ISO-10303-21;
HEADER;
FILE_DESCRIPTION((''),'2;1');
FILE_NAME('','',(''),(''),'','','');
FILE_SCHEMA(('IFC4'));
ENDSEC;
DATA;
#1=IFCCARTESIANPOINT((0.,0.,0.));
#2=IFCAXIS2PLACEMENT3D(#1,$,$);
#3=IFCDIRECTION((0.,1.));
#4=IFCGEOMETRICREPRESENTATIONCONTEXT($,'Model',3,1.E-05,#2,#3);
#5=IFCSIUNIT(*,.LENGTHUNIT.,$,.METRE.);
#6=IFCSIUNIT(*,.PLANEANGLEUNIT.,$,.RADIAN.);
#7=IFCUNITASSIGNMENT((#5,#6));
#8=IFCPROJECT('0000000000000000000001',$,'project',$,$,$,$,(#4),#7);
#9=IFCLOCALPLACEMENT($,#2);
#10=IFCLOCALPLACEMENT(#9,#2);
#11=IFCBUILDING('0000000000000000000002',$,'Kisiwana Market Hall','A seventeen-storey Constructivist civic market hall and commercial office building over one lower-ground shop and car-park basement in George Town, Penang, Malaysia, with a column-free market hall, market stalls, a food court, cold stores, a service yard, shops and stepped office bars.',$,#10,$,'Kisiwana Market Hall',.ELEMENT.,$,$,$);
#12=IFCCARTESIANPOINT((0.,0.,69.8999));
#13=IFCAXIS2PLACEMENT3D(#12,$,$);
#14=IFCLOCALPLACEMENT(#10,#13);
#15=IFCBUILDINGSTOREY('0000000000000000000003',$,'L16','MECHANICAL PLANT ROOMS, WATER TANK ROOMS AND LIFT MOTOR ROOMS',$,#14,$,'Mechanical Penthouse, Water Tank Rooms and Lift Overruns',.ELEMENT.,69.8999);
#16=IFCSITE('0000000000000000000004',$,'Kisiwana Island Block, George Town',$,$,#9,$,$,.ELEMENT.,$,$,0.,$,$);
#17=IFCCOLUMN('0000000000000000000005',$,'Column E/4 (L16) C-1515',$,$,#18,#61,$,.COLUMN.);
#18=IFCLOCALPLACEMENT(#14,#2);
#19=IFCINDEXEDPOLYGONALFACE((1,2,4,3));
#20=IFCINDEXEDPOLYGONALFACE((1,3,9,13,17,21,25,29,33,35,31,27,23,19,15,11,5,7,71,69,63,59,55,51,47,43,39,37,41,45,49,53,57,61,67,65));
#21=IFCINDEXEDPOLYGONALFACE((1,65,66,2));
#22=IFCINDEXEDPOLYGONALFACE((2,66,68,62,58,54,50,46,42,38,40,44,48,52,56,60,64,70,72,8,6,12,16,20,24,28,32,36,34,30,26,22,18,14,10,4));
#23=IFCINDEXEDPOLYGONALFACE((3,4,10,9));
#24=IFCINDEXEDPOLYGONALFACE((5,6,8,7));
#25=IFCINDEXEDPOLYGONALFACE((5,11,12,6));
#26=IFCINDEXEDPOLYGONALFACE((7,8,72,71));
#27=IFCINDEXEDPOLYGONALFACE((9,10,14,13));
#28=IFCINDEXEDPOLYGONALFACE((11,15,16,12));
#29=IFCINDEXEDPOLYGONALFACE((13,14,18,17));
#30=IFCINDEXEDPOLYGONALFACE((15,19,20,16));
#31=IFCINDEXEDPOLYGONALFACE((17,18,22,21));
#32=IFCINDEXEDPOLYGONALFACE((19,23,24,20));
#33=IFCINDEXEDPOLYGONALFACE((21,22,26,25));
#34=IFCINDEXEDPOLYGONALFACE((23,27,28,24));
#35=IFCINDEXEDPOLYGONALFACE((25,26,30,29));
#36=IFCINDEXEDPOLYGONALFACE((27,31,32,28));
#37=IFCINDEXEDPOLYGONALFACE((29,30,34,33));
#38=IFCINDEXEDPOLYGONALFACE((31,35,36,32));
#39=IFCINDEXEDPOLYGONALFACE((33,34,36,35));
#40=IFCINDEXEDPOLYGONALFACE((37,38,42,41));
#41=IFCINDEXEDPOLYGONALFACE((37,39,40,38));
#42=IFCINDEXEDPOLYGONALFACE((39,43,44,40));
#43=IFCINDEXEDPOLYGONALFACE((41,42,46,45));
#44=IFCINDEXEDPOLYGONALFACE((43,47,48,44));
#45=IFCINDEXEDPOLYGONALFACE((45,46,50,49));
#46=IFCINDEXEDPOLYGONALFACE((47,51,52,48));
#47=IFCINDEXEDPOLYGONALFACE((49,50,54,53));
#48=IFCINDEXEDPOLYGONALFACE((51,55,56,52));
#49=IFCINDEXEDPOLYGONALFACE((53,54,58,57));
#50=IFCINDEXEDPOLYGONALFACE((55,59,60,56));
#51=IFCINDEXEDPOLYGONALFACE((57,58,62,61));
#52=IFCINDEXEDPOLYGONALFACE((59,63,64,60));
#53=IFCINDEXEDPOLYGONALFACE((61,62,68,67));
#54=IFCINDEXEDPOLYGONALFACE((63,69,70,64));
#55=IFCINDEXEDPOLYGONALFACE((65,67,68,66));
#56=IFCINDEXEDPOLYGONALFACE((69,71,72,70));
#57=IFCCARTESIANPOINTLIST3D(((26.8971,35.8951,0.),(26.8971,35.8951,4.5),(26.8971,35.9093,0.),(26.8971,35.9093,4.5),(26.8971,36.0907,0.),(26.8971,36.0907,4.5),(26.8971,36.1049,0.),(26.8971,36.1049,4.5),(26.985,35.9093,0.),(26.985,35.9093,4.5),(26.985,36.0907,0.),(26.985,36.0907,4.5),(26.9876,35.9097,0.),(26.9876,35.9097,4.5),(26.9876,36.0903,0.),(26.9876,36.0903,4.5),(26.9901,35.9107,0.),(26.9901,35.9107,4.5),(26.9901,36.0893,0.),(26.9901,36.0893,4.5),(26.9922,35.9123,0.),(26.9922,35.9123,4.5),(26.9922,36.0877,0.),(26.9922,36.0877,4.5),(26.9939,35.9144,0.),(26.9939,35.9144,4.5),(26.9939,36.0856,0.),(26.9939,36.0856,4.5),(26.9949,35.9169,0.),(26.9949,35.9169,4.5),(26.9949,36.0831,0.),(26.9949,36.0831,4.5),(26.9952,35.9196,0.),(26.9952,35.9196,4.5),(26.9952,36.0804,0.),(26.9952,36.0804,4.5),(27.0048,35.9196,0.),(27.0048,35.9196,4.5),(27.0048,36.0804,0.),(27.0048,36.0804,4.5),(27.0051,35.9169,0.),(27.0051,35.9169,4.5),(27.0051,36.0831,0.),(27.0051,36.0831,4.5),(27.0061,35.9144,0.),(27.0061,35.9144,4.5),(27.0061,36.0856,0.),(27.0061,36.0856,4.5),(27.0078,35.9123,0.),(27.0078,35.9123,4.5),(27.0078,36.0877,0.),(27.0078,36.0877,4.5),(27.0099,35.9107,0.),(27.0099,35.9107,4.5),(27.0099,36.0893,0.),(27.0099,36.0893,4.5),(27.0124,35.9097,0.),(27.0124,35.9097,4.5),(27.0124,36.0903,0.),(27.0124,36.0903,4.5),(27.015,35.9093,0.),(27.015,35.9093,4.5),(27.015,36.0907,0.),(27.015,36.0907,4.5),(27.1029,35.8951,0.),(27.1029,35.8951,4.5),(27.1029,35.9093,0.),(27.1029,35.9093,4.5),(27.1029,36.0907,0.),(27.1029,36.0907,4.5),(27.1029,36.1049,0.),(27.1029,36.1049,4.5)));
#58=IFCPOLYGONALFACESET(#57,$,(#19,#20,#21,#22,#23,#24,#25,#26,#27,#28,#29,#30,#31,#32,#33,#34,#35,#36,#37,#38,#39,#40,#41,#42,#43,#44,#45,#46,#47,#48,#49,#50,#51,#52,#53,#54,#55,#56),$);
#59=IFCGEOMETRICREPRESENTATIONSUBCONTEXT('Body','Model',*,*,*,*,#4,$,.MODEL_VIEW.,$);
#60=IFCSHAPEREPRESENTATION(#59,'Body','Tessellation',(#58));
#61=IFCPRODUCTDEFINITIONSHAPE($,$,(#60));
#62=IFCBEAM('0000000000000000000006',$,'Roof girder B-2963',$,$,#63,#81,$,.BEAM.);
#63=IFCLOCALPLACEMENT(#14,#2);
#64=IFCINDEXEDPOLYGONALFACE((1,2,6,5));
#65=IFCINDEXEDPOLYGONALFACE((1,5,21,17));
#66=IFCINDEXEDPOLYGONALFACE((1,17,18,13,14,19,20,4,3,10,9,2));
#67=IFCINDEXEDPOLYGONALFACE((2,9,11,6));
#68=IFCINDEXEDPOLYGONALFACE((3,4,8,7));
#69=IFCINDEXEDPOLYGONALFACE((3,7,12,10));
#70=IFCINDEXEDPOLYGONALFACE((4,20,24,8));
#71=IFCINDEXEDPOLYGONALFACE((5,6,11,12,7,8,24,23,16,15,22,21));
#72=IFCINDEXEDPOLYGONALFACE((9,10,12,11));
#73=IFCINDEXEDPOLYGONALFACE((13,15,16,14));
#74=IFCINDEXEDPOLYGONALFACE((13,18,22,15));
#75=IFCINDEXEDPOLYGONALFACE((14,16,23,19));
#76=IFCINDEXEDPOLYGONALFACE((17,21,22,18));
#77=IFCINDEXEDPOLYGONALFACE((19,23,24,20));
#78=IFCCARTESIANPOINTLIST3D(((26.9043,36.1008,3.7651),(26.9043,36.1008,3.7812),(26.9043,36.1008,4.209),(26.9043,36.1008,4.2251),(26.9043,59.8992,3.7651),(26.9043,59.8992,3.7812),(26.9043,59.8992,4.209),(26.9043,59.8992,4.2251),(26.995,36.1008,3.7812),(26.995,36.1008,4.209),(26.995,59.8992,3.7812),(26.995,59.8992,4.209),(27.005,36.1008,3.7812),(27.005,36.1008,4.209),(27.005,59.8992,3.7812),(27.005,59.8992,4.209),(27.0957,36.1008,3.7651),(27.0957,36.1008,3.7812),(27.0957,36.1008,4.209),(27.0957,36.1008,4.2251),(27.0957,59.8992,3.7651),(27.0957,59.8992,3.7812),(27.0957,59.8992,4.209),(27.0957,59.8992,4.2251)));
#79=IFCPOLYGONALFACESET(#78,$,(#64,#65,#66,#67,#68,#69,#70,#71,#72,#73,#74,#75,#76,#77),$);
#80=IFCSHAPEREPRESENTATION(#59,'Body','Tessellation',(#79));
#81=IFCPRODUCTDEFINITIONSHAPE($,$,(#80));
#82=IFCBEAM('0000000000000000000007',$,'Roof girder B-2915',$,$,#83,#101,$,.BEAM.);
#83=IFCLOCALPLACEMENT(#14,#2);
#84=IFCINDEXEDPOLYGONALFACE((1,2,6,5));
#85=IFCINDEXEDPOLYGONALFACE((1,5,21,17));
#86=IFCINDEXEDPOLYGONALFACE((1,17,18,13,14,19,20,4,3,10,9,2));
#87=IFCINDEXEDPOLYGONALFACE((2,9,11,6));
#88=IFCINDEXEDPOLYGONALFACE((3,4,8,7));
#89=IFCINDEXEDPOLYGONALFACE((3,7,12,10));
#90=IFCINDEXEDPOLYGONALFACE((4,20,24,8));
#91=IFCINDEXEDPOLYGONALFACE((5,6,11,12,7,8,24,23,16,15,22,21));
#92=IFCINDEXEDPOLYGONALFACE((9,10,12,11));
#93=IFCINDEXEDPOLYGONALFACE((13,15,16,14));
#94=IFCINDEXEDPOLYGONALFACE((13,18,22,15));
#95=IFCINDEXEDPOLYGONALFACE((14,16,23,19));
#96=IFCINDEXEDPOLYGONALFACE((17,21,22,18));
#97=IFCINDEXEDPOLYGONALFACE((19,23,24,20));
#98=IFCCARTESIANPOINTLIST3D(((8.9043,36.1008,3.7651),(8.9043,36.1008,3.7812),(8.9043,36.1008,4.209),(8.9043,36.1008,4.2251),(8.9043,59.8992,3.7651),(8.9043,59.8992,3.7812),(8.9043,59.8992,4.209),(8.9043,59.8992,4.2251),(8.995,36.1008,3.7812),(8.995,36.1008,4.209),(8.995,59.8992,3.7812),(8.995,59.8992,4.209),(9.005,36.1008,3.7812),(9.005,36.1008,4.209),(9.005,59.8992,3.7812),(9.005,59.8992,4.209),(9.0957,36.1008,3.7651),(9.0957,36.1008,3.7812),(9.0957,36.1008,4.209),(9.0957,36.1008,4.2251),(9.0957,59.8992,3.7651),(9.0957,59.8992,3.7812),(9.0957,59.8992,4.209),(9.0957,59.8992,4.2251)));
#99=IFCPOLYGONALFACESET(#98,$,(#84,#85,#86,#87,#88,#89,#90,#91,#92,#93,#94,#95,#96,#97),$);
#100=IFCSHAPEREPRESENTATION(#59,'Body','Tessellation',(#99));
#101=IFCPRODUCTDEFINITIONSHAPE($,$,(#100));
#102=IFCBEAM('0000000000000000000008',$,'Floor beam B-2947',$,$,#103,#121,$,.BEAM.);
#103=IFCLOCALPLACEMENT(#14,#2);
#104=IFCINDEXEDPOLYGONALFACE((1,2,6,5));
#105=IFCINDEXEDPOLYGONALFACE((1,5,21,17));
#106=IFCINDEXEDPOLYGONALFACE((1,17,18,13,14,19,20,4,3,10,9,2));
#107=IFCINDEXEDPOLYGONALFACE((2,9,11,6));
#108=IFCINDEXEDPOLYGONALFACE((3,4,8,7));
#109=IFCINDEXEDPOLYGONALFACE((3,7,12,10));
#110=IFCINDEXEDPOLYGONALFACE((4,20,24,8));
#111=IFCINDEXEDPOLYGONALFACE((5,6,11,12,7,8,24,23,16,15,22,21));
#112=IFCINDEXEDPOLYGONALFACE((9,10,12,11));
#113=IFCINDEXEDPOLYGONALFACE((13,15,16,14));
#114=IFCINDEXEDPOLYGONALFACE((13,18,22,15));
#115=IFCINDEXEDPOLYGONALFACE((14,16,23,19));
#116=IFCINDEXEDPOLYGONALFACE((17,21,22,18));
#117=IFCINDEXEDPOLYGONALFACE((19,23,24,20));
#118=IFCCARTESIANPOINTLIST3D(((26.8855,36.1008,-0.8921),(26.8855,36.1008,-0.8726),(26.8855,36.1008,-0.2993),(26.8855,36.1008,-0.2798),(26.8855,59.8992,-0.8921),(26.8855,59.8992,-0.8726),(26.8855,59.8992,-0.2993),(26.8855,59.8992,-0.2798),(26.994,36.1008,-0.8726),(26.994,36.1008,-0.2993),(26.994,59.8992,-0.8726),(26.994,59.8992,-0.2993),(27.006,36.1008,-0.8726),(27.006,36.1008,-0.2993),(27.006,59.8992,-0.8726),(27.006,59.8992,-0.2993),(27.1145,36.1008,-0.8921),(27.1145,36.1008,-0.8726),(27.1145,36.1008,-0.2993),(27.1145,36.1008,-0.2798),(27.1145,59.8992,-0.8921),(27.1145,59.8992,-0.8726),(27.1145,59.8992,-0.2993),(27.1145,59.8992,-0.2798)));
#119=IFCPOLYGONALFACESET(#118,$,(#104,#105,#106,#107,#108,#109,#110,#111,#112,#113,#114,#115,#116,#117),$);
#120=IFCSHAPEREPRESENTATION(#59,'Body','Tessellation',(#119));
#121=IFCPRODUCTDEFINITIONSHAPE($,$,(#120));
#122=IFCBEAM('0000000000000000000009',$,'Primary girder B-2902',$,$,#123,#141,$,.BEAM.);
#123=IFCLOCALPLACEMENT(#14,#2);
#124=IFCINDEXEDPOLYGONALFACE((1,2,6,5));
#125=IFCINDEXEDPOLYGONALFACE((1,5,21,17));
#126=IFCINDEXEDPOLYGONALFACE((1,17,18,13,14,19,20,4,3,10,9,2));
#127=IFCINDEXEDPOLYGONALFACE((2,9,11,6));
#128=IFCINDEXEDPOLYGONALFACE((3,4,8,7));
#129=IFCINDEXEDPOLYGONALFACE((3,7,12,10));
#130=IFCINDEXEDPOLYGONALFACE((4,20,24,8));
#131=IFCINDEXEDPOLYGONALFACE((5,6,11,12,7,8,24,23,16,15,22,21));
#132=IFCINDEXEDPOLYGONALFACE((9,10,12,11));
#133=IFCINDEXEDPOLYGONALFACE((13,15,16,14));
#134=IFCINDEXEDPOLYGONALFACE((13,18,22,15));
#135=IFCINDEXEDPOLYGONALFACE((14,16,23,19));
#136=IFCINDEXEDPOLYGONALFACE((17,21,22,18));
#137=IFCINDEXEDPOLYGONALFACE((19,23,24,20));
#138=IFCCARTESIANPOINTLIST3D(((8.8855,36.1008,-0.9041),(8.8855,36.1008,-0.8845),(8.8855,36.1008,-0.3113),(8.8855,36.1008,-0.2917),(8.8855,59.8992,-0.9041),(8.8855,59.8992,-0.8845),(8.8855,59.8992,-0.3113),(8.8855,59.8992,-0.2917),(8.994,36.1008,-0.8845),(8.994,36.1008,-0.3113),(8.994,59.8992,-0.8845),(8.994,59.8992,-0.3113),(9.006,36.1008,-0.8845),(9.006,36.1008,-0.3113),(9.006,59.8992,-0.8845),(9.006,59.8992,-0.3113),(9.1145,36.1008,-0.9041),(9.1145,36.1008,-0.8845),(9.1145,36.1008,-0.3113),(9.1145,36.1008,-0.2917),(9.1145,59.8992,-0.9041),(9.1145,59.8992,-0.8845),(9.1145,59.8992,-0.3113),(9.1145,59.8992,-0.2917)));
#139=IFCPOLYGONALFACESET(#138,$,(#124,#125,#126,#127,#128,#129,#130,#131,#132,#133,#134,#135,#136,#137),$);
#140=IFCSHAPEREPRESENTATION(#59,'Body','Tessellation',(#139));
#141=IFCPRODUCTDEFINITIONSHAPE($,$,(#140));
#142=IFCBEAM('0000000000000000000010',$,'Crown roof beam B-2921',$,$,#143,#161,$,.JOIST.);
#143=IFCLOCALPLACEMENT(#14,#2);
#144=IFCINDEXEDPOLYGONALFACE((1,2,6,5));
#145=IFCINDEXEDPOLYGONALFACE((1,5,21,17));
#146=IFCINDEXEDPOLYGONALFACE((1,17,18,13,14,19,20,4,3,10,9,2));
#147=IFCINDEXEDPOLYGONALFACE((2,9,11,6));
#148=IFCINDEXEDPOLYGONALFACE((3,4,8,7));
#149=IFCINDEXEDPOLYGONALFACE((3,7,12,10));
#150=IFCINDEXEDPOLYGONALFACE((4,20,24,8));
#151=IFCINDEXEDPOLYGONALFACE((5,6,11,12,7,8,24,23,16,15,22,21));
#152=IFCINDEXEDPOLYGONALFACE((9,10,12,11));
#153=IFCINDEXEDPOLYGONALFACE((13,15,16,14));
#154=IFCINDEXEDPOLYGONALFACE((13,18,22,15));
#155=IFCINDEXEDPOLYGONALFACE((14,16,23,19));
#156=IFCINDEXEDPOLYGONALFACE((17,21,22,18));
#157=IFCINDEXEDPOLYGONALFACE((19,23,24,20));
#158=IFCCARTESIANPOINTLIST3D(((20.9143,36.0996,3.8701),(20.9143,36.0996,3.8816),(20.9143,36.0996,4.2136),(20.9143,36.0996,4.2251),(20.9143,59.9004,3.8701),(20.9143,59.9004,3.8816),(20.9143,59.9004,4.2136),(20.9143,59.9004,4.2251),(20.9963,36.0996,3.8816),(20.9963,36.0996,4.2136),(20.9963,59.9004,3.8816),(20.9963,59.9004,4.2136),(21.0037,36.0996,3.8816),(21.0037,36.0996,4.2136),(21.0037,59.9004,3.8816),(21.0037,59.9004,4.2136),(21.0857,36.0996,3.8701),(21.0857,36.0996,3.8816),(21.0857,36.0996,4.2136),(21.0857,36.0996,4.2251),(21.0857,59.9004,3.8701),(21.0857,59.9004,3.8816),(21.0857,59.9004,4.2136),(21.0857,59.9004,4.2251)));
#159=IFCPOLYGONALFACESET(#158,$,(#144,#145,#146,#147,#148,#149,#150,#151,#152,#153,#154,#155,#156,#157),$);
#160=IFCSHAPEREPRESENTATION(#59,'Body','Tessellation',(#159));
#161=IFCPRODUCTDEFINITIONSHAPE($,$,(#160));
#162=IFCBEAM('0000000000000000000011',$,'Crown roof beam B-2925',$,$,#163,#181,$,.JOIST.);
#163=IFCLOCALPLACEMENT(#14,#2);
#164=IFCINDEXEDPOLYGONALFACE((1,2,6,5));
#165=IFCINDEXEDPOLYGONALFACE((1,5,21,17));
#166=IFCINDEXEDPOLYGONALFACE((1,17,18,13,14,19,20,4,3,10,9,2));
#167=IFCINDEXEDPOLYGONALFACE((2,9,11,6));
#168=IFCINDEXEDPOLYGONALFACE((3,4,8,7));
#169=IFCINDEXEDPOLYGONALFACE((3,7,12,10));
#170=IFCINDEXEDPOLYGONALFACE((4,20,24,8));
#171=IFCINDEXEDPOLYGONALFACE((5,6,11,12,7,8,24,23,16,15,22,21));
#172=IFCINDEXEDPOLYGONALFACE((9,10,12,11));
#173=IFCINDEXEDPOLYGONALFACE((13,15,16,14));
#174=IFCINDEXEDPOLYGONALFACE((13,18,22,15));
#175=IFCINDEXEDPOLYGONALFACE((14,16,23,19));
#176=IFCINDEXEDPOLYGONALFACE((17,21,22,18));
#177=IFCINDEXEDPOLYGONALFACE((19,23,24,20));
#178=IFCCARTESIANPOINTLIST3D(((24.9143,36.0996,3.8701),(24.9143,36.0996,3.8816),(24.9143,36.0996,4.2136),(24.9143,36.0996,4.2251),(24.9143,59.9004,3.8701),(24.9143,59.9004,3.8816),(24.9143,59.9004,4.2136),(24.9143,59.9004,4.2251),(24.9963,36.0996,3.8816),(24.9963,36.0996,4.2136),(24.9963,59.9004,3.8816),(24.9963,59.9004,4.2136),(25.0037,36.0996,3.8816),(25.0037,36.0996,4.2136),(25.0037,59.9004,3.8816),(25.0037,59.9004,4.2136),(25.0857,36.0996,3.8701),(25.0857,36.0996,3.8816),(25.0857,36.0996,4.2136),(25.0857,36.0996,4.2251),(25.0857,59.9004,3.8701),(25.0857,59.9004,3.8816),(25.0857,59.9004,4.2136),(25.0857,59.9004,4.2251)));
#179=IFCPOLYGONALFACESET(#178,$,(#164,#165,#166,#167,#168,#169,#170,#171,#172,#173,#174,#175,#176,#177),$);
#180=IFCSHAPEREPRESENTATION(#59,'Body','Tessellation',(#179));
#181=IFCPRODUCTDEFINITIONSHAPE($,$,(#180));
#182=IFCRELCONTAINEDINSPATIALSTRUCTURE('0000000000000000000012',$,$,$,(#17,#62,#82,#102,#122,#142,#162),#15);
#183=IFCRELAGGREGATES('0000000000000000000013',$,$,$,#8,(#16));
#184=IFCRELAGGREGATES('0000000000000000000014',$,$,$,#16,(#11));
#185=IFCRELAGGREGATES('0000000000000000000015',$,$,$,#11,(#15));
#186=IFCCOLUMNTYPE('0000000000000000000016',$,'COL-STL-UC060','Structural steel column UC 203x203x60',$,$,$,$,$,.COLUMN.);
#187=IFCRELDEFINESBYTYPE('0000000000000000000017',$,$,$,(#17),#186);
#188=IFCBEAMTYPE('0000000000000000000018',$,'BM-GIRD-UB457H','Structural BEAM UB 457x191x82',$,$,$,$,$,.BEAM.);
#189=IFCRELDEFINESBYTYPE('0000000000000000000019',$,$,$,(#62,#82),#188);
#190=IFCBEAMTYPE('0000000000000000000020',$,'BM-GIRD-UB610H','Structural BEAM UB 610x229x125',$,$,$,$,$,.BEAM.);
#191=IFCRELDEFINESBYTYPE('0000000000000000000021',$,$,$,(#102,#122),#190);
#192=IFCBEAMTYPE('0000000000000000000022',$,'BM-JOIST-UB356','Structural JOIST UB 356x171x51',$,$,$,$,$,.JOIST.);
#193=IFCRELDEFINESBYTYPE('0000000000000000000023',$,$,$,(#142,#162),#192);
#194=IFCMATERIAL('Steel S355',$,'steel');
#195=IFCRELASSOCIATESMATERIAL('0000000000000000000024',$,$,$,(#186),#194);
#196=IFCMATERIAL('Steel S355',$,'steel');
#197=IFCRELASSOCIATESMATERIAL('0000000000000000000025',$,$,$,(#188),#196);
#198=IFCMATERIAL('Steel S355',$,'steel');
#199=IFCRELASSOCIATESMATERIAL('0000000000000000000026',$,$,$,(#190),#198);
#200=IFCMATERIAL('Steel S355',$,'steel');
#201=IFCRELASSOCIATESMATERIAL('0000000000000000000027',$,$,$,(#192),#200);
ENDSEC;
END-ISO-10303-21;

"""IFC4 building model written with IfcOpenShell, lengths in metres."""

from ifc_helpers import new_model, si_unit, direction, frame, origin, origin_2d, place, context, subcontext, project, spatial, i_section, extrude, material, material_profile, profile_set, type_object, element, save


model = new_model("IFC4")

# Units and contexts
model_context = context("Model", 3, precision=1e-05, world=origin(), true_north=direction((0.0, 1.0)))
body_context = subcontext(model_context, "Body", "Model", "MODEL_VIEW")
ifc_project = project(units=[si_unit("LENGTHUNIT", "METRE"), si_unit("PLANEANGLEUNIT", "RADIAN")], contexts=[model_context])

# Site, building, storey
site_placement = place(None, origin())
site = spatial("IfcSite", under=ifc_project, at=site_placement, Name="Kisiwana Island Block, George Town", CompositionType="ELEMENT", RefElevation=0.0)
building_placement = place(site_placement, origin())
building = spatial("IfcBuilding", under=site, at=building_placement, Name="Kisiwana Market Hall", Description="A seventeen-storey Constructivist civic market hall and commercial office building over one lower-ground shop and car-park basement in George Town, Penang, Malaysia, with a column-free market hall, market stalls, a food court, cold stores, a service yard, shops and stepped office bars.", LongName="Kisiwana Market Hall", CompositionType="ELEMENT")
storey_placement = place(building_placement, frame((0.0, 0.0, 69.8999)))
storey = spatial("IfcBuildingStorey", under=building, at=storey_placement, Name="L16", Description="MECHANICAL PLANT ROOMS, WATER TANK ROOMS AND LIFT MOTOR ROOMS", LongName="Mechanical Penthouse, Water Tank Rooms and Lift Overruns", CompositionType="ELEMENT", Elevation=69.8999)

# Column
ifc_material_1 = material(Name="Steel S355", Category="steel")
ifc_material_profile_1 = material_profile(ifc_material_1, i_section(OverallWidth=0.2058, OverallDepth=0.2097, WebThickness=0.0095, FlangeThickness=0.0142, FilletRadius=0.0103, at=origin_2d()), Name="UC 203x203x60")
ifc_profile_set_1 = profile_set([ifc_material_profile_1], Name="Steel S355")
column_type = type_object("IfcColumnType", Name="COL-STL-UC060", Description="Structural steel column UC 203x203x60", PredefinedType="COLUMN", material=ifc_profile_set_1)
column_placement = place(storey_placement, frame((27.0, 36.0, 0.0), z_axis=(0.0, 0.0, 1.0), x_axis=(1.0, 0.0, 0.0)))
element("IfcColumn", 1, at=column_placement, inside=storey, type_object=column_type, Name="Column E/4 (L16) C-1515", PredefinedType="COLUMN", context=body_context, shape_type="SweptSolid", body=[
    extrude(i_section(OverallWidth=0.2058, OverallDepth=0.2097, WebThickness=0.0095, FlangeThickness=0.0142, FilletRadius=0.0103, at=origin_2d()), origin(), (0.0, 0.0, 1.0), 4.5),
])

# Beams
ifc_material_2 = material(Name="Steel S355", Category="steel")
ifc_material_profile_2 = material_profile(ifc_material_2, i_section(OverallWidth=0.1914, OverallDepth=0.46, WebThickness=0.01, FlangeThickness=0.0161, at=origin_2d()), Name="UB 457x191x82")
ifc_profile_set_2 = profile_set([ifc_material_profile_2], Name="Steel S355")
beam_type_1 = type_object("IfcBeamType", Name="BM-GIRD-UB457H", Description="Structural BEAM UB 457x191x82", PredefinedType="BEAM", material=ifc_profile_set_2)
for number, where, z_axis, x_axis, name in (
    (2, (27.0, 36.1008, 3.9951), (0.0, 1.0, 0.0), (-1.0, 0.0, 0.0), "Roof girder B-2963"),
    (3, (9.0, 36.1008, 3.9951), (0.0, 1.0, 0.0), (-1.0, 0.0, 0.0), "Roof girder B-2915"),
):
    element("IfcBeam", number, at=place(storey_placement, frame(where, z_axis=z_axis, x_axis=x_axis)), inside=storey, type_object=beam_type_1, Name=name, PredefinedType="BEAM", context=body_context, shape_type="SweptSolid", body=[
        extrude(i_section(OverallWidth=0.1914, OverallDepth=0.46, WebThickness=0.01, FlangeThickness=0.0161, at=origin_2d()), origin(), (0.0, 0.0, 1.0), 23.7983),
    ])
ifc_material_3 = material(Name="Steel S355", Category="steel")
ifc_material_profile_3 = material_profile(ifc_material_3, i_section(OverallWidth=0.229, OverallDepth=0.6123, WebThickness=0.012, FlangeThickness=0.0195, at=origin_2d()), Name="UB 610x229x125")
ifc_profile_set_3 = profile_set([ifc_material_profile_3], Name="Steel S355")
beam_type_2 = type_object("IfcBeamType", Name="BM-GIRD-UB610H", Description="Structural BEAM UB 610x229x125", PredefinedType="BEAM", material=ifc_profile_set_3)
for number, where, z_axis, x_axis, name in (
    (4, (27.0, 36.1008, -0.5859), (0.0, 1.0, 0.0), (-1.0, 0.0, 0.0), "Floor beam B-2947"),
    (5, (9.0, 36.1008, -0.5979), (0.0, 1.0, 0.0), (-1.0, 0.0, 0.0), "Primary girder B-2902"),
):
    element("IfcBeam", number, at=place(storey_placement, frame(where, z_axis=z_axis, x_axis=x_axis)), inside=storey, type_object=beam_type_2, Name=name, PredefinedType="BEAM", context=body_context, shape_type="SweptSolid", body=[
        extrude(i_section(OverallWidth=0.229, OverallDepth=0.6123, WebThickness=0.012, FlangeThickness=0.0195, at=origin_2d()), origin(), (0.0, 0.0, 1.0), 23.7983),
    ])
ifc_material_4 = material(Name="Steel S355", Category="steel")
ifc_material_profile_4 = material_profile(ifc_material_4, i_section(OverallWidth=0.1714, OverallDepth=0.355, WebThickness=0.0073, FlangeThickness=0.0115, at=origin_2d()), Name="UB 356x171x51")
ifc_profile_set_4 = profile_set([ifc_material_profile_4], Name="Steel S355")
beam_type_3 = type_object("IfcBeamType", Name="BM-JOIST-UB356", Description="Structural JOIST UB 356x171x51", PredefinedType="JOIST", material=ifc_profile_set_4)
for number, where, z_axis, x_axis, name in (
    (6, (21.0, 36.0996, 4.0476), (0.0, 1.0, 0.0), (-1.0, 0.0, 0.0), "Crown roof beam B-2921"),
    (7, (25.0, 36.0996, 4.0476), (0.0, 1.0, 0.0), (-1.0, 0.0, 0.0), "Crown roof beam B-2925"),
):
    element("IfcBeam", number, at=place(storey_placement, frame(where, z_axis=z_axis, x_axis=x_axis)), inside=storey, type_object=beam_type_3, Name=name, PredefinedType="JOIST", context=body_context, shape_type="SweptSolid", body=[
        extrude(i_section(OverallWidth=0.1714, OverallDepth=0.355, WebThickness=0.0073, FlangeThickness=0.0115, at=origin_2d()), origin(), (0.0, 0.0, 1.0), 23.8008),
    ])

save(model, "model.ifc")
